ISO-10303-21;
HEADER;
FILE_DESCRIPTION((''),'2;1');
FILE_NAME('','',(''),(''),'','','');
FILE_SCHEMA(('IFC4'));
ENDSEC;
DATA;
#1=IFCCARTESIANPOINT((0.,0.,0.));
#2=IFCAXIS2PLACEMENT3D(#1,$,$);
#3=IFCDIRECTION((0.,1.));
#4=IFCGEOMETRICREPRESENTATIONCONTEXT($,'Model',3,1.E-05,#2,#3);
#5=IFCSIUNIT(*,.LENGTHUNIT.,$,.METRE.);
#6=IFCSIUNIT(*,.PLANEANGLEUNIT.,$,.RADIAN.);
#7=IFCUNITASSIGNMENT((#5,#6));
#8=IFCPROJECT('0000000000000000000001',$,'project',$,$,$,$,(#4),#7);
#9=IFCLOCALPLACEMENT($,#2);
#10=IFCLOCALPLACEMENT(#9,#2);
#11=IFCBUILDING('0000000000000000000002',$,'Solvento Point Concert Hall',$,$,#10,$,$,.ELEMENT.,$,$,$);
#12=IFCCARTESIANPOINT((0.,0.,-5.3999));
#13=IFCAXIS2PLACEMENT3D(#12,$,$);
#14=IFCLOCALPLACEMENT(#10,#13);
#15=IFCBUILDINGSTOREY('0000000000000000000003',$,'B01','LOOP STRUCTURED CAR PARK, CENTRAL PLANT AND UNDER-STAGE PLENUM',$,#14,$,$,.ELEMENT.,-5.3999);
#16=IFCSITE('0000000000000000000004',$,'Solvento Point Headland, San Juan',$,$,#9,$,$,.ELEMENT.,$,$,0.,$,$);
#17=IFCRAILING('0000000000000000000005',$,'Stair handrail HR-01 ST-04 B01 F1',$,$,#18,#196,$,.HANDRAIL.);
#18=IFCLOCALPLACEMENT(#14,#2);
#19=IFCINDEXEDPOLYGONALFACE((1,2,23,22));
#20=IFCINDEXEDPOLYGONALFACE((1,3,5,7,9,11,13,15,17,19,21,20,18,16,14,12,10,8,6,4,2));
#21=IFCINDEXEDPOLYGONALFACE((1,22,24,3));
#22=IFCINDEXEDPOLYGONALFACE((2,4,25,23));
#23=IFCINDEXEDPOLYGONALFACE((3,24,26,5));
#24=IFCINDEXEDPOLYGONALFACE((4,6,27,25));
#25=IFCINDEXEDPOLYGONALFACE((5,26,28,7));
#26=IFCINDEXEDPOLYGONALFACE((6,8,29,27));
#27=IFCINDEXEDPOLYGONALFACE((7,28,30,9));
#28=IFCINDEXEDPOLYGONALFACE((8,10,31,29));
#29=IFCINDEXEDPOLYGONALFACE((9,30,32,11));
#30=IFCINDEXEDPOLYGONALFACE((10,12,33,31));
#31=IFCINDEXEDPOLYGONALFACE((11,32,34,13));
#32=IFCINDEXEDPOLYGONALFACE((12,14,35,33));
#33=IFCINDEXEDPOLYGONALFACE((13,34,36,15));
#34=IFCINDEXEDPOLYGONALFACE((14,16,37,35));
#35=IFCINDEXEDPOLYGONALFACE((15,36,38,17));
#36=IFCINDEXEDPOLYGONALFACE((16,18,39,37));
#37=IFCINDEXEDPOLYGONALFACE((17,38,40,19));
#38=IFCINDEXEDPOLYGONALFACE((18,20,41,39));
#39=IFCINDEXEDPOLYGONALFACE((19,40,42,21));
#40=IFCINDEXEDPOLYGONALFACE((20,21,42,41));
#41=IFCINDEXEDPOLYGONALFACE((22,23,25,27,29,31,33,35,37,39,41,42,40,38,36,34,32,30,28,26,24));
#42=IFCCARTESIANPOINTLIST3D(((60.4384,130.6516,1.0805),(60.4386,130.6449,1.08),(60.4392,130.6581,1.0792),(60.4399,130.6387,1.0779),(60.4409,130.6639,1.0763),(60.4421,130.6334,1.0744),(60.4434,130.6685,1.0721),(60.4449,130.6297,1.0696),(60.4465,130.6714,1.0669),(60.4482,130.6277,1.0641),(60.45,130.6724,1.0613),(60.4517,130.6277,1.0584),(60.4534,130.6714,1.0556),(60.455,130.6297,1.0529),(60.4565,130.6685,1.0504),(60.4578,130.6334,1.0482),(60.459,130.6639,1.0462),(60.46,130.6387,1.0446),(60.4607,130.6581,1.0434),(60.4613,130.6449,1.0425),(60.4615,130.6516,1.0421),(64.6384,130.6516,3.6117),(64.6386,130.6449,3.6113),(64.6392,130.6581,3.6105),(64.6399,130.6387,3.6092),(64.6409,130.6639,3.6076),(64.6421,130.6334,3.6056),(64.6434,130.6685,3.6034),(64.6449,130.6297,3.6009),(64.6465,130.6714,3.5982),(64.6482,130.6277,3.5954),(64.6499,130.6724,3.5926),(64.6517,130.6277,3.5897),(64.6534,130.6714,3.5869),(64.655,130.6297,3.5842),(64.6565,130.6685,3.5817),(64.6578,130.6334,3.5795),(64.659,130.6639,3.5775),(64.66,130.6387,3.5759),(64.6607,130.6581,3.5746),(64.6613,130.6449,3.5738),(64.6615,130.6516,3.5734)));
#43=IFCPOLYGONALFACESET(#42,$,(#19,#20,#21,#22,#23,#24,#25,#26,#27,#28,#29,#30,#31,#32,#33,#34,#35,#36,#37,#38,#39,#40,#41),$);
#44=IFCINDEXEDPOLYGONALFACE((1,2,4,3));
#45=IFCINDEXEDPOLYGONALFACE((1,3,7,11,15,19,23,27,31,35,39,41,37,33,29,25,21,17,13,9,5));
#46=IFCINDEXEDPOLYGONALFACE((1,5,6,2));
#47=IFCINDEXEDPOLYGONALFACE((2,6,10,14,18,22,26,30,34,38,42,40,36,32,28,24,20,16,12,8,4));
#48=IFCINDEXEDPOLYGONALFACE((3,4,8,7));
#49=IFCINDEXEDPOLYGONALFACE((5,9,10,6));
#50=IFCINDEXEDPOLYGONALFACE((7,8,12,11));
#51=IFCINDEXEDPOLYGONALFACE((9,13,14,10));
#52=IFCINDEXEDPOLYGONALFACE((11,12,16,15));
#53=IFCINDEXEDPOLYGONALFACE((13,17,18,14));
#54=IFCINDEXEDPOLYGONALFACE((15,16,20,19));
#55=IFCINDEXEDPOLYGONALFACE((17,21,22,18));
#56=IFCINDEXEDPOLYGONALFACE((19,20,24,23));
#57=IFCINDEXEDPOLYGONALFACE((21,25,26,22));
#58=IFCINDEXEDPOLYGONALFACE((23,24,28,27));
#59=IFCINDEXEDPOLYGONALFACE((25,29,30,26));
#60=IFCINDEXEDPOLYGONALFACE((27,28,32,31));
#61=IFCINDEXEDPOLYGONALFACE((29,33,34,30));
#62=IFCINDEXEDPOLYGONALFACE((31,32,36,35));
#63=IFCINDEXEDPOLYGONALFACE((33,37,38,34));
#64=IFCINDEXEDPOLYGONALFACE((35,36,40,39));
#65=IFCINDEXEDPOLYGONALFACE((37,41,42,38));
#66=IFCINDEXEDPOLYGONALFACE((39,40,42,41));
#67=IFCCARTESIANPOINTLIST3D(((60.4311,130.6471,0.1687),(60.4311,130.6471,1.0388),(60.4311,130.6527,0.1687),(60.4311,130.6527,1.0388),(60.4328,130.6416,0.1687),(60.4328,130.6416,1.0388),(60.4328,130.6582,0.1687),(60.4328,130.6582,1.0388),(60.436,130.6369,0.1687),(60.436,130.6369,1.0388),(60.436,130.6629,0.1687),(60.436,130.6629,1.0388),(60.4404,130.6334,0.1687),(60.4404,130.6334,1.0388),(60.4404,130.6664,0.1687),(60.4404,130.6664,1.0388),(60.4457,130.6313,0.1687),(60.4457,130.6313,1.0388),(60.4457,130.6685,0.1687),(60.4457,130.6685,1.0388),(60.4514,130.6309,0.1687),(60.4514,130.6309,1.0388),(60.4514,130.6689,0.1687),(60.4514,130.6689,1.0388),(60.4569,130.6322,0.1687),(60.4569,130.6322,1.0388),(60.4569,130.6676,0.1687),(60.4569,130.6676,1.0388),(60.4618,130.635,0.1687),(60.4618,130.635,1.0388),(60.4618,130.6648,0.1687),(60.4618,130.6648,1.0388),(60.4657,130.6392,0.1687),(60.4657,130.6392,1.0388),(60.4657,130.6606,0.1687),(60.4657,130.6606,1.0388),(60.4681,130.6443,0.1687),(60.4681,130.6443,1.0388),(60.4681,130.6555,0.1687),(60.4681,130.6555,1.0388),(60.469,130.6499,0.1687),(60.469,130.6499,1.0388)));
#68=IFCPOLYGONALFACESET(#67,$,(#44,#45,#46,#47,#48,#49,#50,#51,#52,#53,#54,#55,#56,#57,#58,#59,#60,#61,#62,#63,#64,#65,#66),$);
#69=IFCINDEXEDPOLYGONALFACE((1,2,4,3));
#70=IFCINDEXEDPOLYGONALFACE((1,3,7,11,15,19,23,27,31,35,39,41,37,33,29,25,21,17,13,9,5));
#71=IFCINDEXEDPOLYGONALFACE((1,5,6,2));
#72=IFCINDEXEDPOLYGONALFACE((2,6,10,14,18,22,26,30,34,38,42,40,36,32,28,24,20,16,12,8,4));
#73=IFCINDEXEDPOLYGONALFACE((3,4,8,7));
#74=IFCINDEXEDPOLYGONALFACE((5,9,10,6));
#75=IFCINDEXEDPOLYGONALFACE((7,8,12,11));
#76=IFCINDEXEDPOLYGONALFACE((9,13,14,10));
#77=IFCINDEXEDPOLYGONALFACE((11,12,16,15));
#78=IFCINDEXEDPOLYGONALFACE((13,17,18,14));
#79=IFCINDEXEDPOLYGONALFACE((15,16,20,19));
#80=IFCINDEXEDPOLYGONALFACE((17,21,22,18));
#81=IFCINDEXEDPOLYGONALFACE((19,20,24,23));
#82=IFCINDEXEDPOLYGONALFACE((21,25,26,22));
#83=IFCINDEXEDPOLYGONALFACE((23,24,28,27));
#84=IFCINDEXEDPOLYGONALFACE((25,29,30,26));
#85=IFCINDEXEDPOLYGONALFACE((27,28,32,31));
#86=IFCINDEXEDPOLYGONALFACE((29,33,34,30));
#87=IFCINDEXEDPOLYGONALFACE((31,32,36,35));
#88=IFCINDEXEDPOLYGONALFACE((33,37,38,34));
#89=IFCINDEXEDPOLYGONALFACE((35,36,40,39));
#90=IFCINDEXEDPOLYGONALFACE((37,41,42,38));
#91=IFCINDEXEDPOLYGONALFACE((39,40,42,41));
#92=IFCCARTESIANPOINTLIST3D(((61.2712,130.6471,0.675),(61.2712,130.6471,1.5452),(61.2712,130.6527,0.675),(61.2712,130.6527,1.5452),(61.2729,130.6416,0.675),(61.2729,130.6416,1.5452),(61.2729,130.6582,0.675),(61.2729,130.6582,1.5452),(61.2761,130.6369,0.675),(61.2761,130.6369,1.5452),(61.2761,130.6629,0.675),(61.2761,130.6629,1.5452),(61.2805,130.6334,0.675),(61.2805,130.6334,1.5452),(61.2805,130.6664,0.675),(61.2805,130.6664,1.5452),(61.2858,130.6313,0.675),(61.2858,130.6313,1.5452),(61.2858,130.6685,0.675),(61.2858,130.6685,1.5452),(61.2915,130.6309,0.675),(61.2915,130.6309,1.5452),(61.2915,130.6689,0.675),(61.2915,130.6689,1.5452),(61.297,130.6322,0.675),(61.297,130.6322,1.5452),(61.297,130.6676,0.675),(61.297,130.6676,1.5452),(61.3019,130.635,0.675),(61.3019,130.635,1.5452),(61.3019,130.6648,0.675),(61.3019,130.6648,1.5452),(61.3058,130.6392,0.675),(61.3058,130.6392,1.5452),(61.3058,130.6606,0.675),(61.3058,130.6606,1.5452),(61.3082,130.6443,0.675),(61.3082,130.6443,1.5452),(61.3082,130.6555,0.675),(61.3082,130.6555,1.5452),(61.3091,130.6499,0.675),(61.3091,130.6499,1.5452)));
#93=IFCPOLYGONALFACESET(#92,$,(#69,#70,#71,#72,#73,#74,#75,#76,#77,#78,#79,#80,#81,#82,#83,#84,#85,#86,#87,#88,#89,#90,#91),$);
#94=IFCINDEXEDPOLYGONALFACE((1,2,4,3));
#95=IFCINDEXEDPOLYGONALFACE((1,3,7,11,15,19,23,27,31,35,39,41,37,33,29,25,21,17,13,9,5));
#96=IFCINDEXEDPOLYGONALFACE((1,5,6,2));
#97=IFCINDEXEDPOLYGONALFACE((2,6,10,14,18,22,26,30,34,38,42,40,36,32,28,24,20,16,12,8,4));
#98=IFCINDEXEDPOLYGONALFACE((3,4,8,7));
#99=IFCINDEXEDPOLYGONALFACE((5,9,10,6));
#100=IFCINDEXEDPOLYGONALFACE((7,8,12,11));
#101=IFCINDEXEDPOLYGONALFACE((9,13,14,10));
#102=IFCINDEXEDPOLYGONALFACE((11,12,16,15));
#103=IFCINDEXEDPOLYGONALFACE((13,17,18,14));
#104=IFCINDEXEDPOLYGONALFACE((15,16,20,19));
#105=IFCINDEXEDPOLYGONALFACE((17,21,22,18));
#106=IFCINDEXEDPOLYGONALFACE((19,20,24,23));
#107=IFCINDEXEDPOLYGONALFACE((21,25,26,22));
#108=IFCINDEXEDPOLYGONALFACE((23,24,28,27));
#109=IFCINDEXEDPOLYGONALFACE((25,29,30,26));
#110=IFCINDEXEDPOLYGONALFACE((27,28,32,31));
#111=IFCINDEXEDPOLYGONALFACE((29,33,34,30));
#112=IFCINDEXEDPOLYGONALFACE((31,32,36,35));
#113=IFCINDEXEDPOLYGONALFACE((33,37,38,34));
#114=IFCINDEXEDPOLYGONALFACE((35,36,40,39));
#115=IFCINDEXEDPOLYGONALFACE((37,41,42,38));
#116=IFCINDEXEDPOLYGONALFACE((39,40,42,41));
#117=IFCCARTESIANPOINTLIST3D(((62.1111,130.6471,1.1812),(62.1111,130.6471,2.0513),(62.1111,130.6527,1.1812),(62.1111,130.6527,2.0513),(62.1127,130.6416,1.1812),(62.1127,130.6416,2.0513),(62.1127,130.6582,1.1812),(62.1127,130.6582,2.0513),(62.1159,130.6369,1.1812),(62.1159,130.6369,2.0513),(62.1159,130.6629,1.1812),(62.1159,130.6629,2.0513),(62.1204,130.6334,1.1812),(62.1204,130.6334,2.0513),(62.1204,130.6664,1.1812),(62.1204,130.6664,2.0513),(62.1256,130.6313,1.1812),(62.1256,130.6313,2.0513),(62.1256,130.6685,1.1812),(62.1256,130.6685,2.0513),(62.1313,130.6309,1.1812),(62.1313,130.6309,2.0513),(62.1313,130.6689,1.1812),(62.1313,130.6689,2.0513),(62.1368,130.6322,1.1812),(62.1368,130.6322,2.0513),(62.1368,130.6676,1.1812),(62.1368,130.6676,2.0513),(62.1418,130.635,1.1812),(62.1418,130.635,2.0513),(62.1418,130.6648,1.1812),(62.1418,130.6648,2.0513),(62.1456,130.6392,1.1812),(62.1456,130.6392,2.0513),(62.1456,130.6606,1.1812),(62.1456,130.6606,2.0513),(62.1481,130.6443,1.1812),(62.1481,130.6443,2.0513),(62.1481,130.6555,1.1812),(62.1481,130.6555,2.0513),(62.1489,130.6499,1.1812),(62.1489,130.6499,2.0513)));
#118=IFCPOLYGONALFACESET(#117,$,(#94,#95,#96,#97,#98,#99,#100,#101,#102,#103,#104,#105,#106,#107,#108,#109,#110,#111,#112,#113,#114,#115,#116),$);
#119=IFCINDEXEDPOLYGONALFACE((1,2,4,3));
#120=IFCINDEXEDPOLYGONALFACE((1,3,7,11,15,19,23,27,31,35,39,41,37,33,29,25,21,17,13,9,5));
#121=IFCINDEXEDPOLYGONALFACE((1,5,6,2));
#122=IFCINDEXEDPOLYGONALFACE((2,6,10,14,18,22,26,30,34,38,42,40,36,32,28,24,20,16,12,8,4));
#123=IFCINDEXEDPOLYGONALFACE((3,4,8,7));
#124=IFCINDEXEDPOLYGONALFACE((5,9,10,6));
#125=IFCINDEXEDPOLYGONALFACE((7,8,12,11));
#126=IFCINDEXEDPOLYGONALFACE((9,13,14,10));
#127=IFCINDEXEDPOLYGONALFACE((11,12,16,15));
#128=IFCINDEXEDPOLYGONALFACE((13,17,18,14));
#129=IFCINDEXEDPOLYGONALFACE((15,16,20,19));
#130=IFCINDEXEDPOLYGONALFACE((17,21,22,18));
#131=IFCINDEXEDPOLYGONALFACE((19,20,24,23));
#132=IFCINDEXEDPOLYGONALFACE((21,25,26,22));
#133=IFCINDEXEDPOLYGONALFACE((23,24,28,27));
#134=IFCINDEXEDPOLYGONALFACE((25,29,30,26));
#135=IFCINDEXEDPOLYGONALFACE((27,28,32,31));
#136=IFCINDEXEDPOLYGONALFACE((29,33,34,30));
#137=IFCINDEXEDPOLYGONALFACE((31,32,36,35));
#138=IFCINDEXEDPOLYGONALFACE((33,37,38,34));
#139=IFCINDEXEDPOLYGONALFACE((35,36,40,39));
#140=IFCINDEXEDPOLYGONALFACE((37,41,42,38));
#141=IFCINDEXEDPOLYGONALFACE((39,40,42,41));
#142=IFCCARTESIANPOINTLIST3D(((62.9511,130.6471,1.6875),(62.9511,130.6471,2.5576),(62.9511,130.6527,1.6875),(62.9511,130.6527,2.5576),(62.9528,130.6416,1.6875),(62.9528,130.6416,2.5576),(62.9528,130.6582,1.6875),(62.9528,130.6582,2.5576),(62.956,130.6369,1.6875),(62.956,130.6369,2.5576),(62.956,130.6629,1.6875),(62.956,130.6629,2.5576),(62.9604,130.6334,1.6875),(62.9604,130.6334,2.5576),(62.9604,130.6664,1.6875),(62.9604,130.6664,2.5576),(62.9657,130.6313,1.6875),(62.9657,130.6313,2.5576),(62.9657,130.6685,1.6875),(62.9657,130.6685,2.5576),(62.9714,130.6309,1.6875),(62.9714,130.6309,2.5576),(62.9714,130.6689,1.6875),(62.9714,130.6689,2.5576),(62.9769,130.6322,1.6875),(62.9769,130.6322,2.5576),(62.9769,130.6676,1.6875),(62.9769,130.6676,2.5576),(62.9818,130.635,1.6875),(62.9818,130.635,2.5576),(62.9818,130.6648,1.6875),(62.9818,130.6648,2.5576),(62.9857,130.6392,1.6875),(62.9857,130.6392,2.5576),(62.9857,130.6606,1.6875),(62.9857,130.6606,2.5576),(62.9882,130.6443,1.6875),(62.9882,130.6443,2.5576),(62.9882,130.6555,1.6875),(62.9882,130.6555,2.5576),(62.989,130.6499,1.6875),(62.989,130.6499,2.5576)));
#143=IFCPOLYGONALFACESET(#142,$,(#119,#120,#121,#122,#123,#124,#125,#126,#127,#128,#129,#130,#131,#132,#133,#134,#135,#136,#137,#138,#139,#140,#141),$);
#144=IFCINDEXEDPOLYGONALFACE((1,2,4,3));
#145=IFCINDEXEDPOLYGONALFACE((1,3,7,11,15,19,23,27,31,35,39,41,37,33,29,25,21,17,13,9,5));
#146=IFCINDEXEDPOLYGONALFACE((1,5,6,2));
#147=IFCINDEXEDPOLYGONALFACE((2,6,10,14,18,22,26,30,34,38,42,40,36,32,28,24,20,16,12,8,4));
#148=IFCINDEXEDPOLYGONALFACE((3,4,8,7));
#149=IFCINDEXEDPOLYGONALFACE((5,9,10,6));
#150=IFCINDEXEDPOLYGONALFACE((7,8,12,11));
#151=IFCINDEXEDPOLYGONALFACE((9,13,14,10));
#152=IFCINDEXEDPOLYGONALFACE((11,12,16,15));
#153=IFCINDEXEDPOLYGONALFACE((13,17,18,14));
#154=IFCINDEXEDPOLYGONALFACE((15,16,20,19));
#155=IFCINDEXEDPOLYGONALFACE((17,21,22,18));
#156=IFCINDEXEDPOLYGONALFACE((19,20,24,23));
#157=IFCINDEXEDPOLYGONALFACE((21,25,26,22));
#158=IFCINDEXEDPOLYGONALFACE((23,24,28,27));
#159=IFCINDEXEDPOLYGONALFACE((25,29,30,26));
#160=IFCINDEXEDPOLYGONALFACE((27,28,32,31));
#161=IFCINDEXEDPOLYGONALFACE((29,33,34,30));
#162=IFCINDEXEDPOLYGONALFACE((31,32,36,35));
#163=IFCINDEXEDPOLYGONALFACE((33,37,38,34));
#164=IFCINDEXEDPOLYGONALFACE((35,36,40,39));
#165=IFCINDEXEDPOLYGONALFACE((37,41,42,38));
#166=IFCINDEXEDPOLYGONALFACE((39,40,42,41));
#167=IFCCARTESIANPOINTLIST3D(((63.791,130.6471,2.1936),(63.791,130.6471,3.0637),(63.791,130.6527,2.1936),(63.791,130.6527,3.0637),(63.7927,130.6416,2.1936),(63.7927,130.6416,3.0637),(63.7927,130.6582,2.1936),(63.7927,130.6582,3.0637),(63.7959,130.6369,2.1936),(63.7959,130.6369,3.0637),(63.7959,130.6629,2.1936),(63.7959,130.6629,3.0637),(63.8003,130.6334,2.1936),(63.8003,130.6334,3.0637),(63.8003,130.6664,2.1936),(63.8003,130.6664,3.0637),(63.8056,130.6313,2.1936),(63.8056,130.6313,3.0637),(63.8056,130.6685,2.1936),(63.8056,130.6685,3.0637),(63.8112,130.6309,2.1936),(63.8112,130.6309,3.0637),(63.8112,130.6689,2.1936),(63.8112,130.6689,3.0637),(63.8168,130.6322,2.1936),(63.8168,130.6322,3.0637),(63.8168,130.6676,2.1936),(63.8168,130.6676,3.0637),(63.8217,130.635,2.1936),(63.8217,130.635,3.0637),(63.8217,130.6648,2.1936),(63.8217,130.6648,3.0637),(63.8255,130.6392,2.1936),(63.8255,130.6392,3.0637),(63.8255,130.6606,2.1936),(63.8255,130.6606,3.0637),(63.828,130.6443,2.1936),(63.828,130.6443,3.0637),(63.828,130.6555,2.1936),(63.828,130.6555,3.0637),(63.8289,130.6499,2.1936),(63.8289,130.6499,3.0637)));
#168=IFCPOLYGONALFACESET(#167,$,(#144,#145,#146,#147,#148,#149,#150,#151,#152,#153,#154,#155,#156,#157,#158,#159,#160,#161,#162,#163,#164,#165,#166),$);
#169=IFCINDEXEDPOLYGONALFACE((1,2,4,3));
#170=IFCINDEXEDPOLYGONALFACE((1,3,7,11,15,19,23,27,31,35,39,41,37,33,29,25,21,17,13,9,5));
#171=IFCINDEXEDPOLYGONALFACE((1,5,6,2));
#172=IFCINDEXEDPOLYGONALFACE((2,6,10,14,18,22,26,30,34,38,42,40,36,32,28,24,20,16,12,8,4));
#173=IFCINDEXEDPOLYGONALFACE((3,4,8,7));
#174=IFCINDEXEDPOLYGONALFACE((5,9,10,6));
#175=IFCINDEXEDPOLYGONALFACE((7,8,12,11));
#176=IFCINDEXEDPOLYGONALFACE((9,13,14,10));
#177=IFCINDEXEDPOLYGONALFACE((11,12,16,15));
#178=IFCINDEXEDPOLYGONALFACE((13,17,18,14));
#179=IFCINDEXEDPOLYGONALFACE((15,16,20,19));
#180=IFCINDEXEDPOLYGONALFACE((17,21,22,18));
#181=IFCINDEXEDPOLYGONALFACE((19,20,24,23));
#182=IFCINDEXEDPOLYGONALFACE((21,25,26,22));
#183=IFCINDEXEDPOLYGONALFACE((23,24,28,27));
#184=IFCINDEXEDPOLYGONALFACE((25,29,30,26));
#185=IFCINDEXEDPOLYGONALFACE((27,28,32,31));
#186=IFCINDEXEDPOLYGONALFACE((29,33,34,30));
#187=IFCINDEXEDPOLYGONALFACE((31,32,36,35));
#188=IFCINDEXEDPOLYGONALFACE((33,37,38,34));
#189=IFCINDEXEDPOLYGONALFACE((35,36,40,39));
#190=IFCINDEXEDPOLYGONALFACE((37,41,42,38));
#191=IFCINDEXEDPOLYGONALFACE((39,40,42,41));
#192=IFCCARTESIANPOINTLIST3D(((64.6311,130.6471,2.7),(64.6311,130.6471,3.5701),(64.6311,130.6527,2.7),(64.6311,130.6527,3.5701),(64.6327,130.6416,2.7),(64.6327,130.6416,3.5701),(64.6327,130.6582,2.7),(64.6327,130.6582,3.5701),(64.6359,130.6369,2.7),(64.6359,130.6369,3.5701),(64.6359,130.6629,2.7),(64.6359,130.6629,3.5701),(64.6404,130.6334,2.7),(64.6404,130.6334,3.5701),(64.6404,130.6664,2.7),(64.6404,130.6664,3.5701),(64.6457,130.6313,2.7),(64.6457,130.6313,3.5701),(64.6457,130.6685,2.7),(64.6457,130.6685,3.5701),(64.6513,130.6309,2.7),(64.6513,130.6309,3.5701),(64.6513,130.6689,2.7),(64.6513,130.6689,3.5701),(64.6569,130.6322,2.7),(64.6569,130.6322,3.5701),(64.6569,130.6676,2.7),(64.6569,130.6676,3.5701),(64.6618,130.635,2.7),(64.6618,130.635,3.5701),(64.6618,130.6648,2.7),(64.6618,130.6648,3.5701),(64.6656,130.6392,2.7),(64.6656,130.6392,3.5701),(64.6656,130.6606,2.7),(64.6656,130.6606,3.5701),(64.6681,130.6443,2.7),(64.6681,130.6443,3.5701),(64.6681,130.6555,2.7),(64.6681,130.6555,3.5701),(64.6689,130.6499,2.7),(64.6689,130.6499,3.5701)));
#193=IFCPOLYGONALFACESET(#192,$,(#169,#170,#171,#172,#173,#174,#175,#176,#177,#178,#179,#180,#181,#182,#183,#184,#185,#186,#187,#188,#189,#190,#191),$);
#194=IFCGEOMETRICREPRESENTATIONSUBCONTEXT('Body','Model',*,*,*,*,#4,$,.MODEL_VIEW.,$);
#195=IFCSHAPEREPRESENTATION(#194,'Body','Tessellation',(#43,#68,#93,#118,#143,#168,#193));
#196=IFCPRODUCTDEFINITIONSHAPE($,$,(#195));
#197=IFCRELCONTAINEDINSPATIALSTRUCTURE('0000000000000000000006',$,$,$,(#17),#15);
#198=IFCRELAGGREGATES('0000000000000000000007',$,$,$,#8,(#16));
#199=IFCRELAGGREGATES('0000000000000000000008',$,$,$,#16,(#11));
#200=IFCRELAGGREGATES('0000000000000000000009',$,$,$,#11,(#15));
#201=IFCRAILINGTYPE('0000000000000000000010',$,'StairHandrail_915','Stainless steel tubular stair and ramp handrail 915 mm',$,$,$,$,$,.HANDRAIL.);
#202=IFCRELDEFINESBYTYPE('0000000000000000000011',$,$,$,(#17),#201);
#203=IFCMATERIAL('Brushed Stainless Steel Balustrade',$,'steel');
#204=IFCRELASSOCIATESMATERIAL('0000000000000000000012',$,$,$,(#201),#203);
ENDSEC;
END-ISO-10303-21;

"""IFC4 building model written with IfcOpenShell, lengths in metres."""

from ifc_helpers import new_model, si_unit, direction, frame, origin, origin_2d, place, context, subcontext, project, spatial, circle, extrude, material, type_object, element, save


model = new_model("IFC4")

# Units and contexts
model_context = context("Model", 3, precision=1e-05, world=origin(), true_north=direction((0.0, 1.0)))
body_context = subcontext(model_context, "Body", "Model", "MODEL_VIEW")
ifc_project = project(units=[si_unit("LENGTHUNIT", "METRE"), si_unit("PLANEANGLEUNIT", "RADIAN")], contexts=[model_context])

# Site, building, storey
site_placement = place(None, origin())
site = spatial("IfcSite", under=ifc_project, at=site_placement, Name="Solvento Point Headland, San Juan", CompositionType="ELEMENT", RefElevation=0.0)
building_placement = place(site_placement, origin())
building = spatial("IfcBuilding", under=site, at=building_placement, Name="Solvento Point Concert Hall", CompositionType="ELEMENT")
storey_placement = place(building_placement, frame((0.0, 0.0, -5.3999)))
storey = spatial("IfcBuildingStorey", under=building, at=storey_placement, Name="B01", Description="LOOP STRUCTURED CAR PARK, CENTRAL PLANT AND UNDER-STAGE PLENUM", CompositionType="ELEMENT", Elevation=-5.3999)

# Railing
ifc_material_1 = material(Name="Brushed Stainless Steel Balustrade", Category="steel")
railing_type_1 = type_object("IfcRailingType", Name="StairHandrail_915", Description="Stainless steel tubular stair and ramp handrail 915 mm", PredefinedType="HANDRAIL", material=ifc_material_1)
railing_1_placement = place(storey_placement, frame((60.45, 130.6499, 0.1687)))
element("IfcRailing", 1, at=railing_1_placement, inside=storey, type_object=railing_type_1, Name="Stair handrail HR-01 ST-04 B01 F1", PredefinedType="HANDRAIL", context=body_context, shape_type="SweptSolid", body=[
    extrude(circle(Radius=0.0225, at=origin_2d()), frame((0.0, 0.0, 0.8926), z_axis=(0.856476, 0.0, 0.516186), x_axis=(0.0, 1.0, 0.0)), (0.0, 0.0, 1.0), 4.9038),
    extrude(circle(Radius=0.019, at=origin_2d()), origin(), (0.0, 0.0, 1.0), 0.8701),
    extrude(circle(Radius=0.019, at=origin_2d()), frame((0.8401, 0.0, 0.5063)), (0.0, 0.0, 1.0), 0.8701),
    extrude(circle(Radius=0.019, at=origin_2d()), frame((1.6799, 0.0, 1.0125)), (0.0, 0.0, 1.0), 0.8701),
    extrude(circle(Radius=0.019, at=origin_2d()), frame((2.52, 0.0, 1.5188)), (0.0, 0.0, 1.0), 0.8701),
    extrude(circle(Radius=0.019, at=origin_2d()), frame((3.3599, 0.0, 2.0249)), (0.0, 0.0, 1.0), 0.8701),
    extrude(circle(Radius=0.019, at=origin_2d()), frame((4.2, 0.0, 2.5312)), (0.0, 0.0, 1.0), 0.8701),
])

save(model, "model.ifc")
